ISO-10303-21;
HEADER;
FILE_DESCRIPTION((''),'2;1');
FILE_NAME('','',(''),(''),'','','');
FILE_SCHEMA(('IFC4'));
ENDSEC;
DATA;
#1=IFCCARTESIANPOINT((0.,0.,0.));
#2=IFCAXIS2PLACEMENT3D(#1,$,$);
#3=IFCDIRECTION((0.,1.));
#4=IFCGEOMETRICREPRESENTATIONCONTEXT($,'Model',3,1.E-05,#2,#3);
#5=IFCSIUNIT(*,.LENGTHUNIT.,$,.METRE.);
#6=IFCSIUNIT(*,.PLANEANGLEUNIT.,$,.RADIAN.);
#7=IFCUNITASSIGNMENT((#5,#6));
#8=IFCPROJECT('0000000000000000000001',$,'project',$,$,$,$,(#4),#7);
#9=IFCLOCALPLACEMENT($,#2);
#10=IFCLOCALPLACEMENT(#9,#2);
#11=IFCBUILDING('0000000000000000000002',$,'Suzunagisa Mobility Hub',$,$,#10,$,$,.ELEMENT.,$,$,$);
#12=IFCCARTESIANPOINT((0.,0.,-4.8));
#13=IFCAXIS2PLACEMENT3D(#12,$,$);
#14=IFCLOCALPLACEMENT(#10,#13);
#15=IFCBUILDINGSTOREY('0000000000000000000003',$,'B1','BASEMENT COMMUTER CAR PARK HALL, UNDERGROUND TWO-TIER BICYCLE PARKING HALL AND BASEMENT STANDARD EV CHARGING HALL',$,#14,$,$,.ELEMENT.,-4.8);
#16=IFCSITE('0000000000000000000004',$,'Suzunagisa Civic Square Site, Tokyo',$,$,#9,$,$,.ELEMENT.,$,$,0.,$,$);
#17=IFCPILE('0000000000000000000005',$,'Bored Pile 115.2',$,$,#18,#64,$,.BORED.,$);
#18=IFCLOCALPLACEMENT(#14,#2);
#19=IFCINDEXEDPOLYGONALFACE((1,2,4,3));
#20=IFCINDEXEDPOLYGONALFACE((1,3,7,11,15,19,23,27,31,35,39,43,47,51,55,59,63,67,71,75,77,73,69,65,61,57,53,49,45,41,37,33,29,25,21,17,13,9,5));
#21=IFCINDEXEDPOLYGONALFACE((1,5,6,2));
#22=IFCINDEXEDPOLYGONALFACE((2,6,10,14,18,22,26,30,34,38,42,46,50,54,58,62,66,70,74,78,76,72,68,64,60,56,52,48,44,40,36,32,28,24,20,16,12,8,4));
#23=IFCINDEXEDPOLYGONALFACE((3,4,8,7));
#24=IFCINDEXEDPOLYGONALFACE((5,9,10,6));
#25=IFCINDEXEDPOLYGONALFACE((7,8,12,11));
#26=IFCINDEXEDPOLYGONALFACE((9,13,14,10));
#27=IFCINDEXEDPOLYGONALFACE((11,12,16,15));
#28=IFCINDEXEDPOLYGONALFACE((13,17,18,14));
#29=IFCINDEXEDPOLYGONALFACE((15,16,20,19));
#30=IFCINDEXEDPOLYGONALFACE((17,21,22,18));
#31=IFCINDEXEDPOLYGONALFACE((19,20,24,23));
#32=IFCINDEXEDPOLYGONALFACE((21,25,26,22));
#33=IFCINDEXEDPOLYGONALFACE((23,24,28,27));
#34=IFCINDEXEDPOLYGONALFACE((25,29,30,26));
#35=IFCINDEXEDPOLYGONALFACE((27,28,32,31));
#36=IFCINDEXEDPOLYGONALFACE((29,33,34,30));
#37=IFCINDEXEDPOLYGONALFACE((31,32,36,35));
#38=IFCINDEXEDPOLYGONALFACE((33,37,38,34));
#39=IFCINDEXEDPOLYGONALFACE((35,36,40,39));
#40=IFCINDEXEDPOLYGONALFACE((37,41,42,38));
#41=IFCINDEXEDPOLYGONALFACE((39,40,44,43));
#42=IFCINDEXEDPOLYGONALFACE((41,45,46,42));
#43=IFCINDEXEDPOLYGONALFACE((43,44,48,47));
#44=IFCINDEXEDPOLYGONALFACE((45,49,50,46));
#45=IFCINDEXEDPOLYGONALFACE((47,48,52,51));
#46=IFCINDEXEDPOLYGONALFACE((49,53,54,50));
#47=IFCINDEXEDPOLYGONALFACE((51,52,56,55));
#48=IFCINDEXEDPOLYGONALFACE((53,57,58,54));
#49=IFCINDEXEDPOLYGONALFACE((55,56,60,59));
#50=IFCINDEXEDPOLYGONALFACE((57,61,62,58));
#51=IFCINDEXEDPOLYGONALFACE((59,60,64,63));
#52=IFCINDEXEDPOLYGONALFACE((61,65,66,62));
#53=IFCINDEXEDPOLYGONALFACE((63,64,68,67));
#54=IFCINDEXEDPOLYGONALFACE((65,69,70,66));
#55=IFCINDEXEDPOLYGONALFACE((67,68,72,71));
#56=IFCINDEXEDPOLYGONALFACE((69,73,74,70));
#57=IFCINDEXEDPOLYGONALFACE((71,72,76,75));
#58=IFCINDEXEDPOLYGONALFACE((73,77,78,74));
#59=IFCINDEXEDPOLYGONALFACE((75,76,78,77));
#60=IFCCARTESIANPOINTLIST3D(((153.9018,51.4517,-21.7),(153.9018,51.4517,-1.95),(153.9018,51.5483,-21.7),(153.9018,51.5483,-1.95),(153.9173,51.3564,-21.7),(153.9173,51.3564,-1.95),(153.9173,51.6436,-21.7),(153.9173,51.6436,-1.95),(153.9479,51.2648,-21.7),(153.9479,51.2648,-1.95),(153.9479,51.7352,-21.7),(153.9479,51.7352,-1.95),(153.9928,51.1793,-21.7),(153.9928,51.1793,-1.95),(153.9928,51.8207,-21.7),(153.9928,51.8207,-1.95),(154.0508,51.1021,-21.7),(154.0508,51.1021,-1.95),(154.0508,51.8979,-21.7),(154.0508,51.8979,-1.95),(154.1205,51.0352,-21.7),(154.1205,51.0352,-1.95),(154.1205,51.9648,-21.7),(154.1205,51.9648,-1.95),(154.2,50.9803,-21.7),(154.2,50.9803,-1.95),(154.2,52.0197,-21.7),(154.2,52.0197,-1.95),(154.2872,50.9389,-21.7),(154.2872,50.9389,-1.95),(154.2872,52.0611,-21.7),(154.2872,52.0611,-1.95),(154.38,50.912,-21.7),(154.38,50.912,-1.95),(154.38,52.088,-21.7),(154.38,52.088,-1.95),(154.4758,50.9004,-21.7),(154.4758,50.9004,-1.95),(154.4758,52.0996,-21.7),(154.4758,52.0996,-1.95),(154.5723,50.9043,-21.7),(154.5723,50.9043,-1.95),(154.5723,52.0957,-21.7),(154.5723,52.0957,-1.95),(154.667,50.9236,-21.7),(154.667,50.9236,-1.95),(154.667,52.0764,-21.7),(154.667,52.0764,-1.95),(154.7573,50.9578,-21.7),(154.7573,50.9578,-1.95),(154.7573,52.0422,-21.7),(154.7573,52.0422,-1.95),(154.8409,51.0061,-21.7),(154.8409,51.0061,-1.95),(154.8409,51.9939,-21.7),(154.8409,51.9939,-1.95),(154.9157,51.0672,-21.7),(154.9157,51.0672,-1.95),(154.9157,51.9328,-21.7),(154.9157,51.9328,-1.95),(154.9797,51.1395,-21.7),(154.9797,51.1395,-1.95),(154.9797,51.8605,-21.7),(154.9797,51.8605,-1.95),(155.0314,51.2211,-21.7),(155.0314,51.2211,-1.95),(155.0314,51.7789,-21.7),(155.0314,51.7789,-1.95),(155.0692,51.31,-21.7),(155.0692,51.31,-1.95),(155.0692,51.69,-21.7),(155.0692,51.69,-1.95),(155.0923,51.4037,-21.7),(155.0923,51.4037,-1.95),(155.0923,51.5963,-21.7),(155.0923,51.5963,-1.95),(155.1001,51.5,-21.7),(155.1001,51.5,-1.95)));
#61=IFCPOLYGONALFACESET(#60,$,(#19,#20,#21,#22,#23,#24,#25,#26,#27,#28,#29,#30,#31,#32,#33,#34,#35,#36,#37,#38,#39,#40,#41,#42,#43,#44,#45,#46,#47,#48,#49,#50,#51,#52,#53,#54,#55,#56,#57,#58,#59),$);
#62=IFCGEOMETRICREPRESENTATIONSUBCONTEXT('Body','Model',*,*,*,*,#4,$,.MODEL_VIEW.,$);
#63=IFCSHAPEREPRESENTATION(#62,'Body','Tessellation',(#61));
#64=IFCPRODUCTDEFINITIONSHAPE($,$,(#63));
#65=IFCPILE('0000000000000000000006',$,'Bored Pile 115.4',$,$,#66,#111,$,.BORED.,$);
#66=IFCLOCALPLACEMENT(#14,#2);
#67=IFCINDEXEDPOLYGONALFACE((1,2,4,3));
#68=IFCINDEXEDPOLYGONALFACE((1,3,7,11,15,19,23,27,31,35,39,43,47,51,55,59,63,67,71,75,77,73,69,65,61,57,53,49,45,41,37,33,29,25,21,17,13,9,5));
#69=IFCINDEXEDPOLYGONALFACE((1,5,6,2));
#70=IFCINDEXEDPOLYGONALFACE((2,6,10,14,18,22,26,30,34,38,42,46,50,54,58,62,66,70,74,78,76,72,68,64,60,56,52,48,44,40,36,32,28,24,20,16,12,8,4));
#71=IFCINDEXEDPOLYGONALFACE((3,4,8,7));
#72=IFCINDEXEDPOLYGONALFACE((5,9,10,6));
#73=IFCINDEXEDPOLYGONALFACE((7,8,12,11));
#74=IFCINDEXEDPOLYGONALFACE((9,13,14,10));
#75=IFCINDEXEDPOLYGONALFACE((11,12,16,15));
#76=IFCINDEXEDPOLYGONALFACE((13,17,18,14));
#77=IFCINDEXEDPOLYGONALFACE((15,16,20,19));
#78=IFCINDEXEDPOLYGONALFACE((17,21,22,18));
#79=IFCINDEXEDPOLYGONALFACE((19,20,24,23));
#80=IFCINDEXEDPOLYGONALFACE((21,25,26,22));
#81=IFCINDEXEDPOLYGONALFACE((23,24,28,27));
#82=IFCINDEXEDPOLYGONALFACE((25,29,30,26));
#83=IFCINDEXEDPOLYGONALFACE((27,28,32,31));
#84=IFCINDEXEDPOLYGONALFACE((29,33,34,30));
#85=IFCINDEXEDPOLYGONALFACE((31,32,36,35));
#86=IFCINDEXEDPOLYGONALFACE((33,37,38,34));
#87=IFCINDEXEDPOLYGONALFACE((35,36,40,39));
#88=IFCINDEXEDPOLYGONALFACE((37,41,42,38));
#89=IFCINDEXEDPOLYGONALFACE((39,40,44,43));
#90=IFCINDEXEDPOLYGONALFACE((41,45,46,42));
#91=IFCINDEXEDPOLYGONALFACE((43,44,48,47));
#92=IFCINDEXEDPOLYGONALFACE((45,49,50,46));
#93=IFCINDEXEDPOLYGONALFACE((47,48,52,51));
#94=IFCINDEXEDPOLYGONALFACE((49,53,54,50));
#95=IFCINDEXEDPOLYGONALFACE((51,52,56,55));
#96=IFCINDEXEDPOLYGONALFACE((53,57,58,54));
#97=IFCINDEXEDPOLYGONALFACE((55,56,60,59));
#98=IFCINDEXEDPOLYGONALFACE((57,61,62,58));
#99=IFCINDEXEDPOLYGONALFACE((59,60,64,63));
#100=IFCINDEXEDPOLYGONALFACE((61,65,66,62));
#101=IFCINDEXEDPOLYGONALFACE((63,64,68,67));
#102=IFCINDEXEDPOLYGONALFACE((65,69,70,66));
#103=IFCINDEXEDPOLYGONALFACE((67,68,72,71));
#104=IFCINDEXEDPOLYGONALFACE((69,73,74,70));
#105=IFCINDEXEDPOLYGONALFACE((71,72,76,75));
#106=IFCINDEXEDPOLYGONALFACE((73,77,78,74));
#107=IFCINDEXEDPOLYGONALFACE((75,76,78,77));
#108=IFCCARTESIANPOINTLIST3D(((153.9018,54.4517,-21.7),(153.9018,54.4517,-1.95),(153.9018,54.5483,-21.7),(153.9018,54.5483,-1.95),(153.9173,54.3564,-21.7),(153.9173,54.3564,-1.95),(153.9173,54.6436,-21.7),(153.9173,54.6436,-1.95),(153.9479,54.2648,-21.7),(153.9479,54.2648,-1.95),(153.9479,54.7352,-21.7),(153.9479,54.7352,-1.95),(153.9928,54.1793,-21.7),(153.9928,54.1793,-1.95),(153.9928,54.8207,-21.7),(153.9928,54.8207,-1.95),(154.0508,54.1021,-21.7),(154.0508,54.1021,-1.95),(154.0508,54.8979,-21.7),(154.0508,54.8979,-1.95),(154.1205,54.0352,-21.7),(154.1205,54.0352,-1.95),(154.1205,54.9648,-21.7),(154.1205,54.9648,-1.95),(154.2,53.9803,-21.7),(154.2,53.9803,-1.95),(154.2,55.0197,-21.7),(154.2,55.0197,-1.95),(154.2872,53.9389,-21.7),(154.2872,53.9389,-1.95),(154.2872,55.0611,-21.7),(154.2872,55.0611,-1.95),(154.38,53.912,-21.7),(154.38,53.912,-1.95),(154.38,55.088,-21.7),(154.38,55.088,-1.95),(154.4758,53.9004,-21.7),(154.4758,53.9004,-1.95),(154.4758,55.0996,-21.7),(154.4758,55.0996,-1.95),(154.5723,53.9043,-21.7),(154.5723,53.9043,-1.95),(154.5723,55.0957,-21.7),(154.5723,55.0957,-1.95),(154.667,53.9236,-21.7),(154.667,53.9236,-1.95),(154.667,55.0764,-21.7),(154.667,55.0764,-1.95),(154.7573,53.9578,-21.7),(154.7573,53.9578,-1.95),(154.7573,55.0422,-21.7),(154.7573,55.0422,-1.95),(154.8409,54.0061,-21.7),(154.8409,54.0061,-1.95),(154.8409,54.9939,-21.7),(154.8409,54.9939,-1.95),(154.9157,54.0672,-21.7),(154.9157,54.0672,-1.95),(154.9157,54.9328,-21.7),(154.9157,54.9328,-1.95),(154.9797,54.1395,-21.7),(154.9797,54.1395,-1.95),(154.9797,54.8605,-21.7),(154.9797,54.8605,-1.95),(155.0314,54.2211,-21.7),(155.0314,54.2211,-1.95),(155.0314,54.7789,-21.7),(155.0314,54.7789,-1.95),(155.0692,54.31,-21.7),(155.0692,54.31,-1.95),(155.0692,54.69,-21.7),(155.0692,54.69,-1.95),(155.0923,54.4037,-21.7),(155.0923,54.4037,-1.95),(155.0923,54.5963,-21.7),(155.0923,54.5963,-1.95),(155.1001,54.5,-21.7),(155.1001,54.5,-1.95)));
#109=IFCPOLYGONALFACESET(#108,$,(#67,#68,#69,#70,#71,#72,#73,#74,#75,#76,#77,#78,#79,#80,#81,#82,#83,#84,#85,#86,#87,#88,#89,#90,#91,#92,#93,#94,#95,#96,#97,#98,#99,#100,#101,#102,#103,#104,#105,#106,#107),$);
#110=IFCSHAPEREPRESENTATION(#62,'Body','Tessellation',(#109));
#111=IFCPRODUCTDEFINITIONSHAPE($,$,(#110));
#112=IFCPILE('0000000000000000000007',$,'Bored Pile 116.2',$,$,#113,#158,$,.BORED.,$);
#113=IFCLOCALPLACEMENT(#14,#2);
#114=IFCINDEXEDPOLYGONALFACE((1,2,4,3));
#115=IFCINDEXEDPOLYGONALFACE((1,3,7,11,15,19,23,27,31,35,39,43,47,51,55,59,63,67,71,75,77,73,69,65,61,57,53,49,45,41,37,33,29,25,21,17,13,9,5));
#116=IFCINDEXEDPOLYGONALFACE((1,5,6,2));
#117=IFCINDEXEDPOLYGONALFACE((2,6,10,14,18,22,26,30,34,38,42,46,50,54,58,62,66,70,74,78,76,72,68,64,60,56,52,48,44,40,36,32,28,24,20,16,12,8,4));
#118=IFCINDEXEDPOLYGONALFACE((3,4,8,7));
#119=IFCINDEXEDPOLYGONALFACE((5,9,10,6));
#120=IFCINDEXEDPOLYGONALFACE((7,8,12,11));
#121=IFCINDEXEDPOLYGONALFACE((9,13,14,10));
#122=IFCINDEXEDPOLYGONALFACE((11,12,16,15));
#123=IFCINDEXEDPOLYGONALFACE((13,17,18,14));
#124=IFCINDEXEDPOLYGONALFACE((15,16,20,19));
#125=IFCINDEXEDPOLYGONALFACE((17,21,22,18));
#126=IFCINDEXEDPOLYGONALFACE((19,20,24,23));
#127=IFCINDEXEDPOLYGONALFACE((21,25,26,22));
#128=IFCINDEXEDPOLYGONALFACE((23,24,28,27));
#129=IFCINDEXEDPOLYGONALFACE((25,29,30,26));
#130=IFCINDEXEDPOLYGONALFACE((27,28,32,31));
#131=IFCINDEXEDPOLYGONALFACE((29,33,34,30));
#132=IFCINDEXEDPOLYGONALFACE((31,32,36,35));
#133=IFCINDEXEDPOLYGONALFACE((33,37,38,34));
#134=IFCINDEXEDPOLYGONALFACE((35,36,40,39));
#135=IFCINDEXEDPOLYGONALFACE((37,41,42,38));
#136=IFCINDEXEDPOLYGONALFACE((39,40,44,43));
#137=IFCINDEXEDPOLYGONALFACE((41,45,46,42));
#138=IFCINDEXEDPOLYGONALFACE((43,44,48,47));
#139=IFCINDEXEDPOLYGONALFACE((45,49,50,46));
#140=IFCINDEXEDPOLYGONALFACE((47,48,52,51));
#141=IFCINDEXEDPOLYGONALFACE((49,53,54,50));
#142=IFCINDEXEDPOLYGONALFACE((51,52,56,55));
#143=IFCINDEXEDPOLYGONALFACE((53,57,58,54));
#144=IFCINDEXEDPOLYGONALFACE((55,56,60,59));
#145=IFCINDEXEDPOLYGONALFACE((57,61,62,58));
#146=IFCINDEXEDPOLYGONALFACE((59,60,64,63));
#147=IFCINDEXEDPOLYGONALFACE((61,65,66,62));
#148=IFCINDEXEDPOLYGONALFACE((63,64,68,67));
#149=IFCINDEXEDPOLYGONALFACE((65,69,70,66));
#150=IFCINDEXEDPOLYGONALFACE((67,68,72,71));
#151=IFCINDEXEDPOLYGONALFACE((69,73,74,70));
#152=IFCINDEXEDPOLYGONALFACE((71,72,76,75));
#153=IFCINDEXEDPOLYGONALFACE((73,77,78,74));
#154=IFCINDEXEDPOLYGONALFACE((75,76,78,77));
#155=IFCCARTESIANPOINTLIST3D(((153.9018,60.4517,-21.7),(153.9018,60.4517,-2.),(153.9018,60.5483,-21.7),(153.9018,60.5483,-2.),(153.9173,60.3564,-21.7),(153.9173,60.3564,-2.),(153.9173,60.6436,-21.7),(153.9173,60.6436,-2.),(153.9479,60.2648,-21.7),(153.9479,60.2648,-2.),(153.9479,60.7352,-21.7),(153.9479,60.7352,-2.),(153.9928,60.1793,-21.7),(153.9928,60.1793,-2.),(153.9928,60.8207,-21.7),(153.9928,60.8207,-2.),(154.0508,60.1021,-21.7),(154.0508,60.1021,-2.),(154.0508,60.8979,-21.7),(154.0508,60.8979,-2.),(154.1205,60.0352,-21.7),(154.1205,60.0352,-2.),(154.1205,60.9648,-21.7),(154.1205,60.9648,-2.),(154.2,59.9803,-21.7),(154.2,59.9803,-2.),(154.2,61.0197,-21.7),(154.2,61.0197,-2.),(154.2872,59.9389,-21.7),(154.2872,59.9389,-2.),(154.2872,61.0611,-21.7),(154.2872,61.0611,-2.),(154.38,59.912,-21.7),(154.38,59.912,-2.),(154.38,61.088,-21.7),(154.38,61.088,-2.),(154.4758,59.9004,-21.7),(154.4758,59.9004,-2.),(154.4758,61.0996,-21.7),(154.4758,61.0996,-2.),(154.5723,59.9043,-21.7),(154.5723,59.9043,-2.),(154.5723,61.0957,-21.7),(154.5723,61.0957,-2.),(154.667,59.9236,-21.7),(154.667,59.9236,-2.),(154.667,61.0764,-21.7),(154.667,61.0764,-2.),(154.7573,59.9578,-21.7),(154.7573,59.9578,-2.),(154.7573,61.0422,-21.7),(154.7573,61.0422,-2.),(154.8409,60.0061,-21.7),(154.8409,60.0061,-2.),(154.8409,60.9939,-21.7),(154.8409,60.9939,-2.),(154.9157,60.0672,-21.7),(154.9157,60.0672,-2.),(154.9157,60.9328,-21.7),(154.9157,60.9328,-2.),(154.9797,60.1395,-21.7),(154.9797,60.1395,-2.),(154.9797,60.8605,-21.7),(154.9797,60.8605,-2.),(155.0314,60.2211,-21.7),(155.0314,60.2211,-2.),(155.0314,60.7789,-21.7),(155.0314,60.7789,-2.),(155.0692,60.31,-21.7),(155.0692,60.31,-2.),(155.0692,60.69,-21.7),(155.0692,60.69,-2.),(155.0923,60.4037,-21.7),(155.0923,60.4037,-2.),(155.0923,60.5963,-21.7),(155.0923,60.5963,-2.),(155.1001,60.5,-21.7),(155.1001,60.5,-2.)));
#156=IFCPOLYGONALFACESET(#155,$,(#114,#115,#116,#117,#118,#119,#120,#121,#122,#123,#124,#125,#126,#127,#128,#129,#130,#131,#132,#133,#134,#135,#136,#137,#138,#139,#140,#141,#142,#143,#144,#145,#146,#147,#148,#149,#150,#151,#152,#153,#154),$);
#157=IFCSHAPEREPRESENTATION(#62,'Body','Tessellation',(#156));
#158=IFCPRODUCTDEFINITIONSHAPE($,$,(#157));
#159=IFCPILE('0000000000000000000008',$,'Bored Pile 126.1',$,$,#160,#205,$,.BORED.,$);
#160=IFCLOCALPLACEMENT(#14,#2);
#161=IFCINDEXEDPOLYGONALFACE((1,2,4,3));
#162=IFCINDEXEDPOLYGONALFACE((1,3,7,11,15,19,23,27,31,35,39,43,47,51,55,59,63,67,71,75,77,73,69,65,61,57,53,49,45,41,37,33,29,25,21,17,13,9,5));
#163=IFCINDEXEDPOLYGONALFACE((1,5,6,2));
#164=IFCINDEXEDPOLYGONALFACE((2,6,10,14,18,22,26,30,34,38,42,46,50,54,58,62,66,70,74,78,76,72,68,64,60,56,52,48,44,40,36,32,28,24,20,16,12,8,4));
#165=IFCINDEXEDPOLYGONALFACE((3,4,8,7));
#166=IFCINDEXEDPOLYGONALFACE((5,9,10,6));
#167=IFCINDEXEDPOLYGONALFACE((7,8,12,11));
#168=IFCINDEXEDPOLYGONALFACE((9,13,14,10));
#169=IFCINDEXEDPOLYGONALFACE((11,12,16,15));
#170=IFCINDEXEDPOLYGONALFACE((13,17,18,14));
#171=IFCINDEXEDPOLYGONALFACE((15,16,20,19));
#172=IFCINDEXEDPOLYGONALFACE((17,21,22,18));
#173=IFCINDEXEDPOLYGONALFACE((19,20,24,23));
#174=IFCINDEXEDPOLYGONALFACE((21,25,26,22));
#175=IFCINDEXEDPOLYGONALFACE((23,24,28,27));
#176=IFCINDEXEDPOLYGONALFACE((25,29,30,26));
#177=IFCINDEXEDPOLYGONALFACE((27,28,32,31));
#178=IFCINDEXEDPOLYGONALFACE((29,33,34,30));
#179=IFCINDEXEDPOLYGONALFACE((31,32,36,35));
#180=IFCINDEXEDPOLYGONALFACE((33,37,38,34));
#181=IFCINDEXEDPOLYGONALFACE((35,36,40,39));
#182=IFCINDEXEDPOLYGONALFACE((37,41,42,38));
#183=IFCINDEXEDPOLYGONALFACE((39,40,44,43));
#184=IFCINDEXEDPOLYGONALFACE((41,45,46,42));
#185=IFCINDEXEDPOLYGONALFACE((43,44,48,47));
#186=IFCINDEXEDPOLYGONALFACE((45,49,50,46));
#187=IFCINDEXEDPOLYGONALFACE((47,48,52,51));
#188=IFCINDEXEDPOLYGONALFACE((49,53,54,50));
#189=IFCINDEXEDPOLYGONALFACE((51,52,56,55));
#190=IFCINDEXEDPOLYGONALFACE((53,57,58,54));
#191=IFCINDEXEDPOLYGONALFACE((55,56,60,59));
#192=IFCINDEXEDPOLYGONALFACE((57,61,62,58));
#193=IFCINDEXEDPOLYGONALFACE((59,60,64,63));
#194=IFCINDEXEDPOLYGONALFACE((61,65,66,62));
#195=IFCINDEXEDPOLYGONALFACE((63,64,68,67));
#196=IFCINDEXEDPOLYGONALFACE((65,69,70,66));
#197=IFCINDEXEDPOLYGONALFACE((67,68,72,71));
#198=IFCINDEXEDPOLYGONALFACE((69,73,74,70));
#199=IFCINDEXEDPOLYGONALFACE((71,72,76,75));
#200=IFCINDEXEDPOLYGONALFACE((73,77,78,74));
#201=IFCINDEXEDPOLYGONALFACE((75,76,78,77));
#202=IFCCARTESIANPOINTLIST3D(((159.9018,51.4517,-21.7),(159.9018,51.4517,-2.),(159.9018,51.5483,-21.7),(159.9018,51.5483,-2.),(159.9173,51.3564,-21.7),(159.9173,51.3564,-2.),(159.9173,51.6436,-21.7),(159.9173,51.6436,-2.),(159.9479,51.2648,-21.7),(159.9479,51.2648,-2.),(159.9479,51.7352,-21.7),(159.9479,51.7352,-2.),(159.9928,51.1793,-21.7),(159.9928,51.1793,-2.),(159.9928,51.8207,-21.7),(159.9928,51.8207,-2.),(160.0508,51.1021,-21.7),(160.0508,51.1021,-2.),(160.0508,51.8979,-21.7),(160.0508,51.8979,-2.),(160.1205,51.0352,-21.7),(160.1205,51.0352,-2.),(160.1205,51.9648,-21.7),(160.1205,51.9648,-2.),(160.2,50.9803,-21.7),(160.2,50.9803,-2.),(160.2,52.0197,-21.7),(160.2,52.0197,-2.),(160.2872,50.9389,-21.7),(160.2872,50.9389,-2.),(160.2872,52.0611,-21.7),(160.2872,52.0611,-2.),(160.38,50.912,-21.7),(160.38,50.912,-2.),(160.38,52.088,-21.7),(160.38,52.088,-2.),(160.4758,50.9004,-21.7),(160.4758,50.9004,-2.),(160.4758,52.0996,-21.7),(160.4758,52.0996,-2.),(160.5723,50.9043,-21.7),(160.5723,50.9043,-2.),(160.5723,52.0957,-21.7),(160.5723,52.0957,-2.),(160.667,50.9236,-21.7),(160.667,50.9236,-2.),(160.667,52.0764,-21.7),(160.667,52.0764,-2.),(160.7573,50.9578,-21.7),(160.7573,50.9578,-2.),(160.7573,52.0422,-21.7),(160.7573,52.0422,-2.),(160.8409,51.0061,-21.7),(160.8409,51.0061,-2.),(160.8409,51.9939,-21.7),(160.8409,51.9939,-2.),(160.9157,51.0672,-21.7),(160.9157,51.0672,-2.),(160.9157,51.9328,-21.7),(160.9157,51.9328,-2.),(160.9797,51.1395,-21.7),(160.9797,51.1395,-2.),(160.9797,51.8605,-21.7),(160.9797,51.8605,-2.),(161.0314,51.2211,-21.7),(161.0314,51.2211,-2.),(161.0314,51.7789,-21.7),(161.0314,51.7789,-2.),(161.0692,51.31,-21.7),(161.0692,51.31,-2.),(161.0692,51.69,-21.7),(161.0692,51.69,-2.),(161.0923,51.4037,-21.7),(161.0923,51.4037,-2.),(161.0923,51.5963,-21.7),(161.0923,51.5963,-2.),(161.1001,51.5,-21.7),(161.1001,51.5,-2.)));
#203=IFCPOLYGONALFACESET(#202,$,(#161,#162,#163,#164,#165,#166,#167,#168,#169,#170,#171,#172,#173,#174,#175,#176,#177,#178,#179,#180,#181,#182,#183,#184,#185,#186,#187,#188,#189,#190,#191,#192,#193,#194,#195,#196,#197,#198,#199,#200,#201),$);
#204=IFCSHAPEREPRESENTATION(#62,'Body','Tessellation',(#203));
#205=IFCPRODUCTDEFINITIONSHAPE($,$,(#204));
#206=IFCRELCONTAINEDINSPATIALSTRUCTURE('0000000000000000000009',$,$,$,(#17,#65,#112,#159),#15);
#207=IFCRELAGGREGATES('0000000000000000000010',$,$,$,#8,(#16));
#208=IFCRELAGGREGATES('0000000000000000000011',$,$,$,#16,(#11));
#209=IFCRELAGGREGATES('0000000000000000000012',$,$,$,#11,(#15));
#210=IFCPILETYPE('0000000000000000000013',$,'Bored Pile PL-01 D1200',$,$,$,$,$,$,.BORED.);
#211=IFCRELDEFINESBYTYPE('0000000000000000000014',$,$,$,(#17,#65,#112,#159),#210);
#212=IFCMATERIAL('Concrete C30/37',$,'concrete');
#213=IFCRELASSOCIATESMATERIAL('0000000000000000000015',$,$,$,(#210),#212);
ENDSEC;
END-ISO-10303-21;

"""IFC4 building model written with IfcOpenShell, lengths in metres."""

from ifc_helpers import new_model, si_unit, direction, frame, origin, origin_2d, place, context, subcontext, project, spatial, circle, extrude, material, material_profile, profile_set, type_object, element, save


model = new_model("IFC4")

# Units and contexts
model_context = context("Model", 3, precision=1e-05, world=origin(), true_north=direction((0.0, 1.0)))
body_context = subcontext(model_context, "Body", "Model", "MODEL_VIEW")
ifc_project = project(units=[si_unit("LENGTHUNIT", "METRE"), si_unit("PLANEANGLEUNIT", "RADIAN")], contexts=[model_context])

# Site, building, storey
site_placement = place(None, origin())
site = spatial("IfcSite", under=ifc_project, at=site_placement, Name="Suzunagisa Civic Square Site, Tokyo", CompositionType="ELEMENT", RefElevation=0.0)
building_placement = place(site_placement, origin())
building = spatial("IfcBuilding", under=site, at=building_placement, Name="Suzunagisa Mobility Hub", CompositionType="ELEMENT")
storey_placement = place(building_placement, frame((0.0, 0.0, -4.8)))
storey = spatial("IfcBuildingStorey", under=building, at=storey_placement, Name="B1", Description="BASEMENT COMMUTER CAR PARK HALL, UNDERGROUND TWO-TIER BICYCLE PARKING HALL AND BASEMENT STANDARD EV CHARGING HALL", CompositionType="ELEMENT", Elevation=-4.8)

# Piles
ifc_material_1 = material(Name="Concrete C30/37", Category="concrete")
ifc_material_profile_1 = material_profile(ifc_material_1, circle(Radius=0.6001, at=origin_2d()), Name="BORED PILE D1200")
ifc_profile_set_1 = profile_set([ifc_material_profile_1], Name="Concrete C30/37")
pile_type = type_object("IfcPileType", Name="Bored Pile PL-01 D1200", PredefinedType="BORED", material=ifc_profile_set_1)
for number, where, z_axis, x_axis, name in (
    (1, (154.5, 51.5, -1.95), (0.0, 0.0, -1.0), (1.0, 0.0, 0.0), "Bored Pile 115.2"),
    (2, (154.5, 54.5, -1.95), (0.0, 0.0, -1.0), (1.0, 0.0, 0.0), "Bored Pile 115.4"),
):
    element("IfcPile", number, at=place(storey_placement, frame(where, z_axis=z_axis, x_axis=x_axis)), inside=storey, type_object=pile_type, Name=name, PredefinedType="BORED", context=body_context, shape_type="SweptSolid", body=[
        extrude(circle(Radius=0.6001, at=origin_2d()), origin(), (0.0, 0.0, 1.0), 19.75),
    ])
for number, where, z_axis, x_axis, name in (
    (3, (154.5, 60.5, -2.0), (0.0, 0.0, -1.0), (1.0, 0.0, 0.0), "Bored Pile 116.2"),
    (4, (160.5, 51.5, -2.0), (0.0, 0.0, -1.0), (1.0, 0.0, 0.0), "Bored Pile 126.1"),
):
    element("IfcPile", number, at=place(storey_placement, frame(where, z_axis=z_axis, x_axis=x_axis)), inside=storey, type_object=pile_type, Name=name, PredefinedType="BORED", context=body_context, shape_type="SweptSolid", body=[
        extrude(circle(Radius=0.6001, at=origin_2d()), origin(), (0.0, 0.0, 1.0), 19.7),
    ])

save(model, "model.ifc")
